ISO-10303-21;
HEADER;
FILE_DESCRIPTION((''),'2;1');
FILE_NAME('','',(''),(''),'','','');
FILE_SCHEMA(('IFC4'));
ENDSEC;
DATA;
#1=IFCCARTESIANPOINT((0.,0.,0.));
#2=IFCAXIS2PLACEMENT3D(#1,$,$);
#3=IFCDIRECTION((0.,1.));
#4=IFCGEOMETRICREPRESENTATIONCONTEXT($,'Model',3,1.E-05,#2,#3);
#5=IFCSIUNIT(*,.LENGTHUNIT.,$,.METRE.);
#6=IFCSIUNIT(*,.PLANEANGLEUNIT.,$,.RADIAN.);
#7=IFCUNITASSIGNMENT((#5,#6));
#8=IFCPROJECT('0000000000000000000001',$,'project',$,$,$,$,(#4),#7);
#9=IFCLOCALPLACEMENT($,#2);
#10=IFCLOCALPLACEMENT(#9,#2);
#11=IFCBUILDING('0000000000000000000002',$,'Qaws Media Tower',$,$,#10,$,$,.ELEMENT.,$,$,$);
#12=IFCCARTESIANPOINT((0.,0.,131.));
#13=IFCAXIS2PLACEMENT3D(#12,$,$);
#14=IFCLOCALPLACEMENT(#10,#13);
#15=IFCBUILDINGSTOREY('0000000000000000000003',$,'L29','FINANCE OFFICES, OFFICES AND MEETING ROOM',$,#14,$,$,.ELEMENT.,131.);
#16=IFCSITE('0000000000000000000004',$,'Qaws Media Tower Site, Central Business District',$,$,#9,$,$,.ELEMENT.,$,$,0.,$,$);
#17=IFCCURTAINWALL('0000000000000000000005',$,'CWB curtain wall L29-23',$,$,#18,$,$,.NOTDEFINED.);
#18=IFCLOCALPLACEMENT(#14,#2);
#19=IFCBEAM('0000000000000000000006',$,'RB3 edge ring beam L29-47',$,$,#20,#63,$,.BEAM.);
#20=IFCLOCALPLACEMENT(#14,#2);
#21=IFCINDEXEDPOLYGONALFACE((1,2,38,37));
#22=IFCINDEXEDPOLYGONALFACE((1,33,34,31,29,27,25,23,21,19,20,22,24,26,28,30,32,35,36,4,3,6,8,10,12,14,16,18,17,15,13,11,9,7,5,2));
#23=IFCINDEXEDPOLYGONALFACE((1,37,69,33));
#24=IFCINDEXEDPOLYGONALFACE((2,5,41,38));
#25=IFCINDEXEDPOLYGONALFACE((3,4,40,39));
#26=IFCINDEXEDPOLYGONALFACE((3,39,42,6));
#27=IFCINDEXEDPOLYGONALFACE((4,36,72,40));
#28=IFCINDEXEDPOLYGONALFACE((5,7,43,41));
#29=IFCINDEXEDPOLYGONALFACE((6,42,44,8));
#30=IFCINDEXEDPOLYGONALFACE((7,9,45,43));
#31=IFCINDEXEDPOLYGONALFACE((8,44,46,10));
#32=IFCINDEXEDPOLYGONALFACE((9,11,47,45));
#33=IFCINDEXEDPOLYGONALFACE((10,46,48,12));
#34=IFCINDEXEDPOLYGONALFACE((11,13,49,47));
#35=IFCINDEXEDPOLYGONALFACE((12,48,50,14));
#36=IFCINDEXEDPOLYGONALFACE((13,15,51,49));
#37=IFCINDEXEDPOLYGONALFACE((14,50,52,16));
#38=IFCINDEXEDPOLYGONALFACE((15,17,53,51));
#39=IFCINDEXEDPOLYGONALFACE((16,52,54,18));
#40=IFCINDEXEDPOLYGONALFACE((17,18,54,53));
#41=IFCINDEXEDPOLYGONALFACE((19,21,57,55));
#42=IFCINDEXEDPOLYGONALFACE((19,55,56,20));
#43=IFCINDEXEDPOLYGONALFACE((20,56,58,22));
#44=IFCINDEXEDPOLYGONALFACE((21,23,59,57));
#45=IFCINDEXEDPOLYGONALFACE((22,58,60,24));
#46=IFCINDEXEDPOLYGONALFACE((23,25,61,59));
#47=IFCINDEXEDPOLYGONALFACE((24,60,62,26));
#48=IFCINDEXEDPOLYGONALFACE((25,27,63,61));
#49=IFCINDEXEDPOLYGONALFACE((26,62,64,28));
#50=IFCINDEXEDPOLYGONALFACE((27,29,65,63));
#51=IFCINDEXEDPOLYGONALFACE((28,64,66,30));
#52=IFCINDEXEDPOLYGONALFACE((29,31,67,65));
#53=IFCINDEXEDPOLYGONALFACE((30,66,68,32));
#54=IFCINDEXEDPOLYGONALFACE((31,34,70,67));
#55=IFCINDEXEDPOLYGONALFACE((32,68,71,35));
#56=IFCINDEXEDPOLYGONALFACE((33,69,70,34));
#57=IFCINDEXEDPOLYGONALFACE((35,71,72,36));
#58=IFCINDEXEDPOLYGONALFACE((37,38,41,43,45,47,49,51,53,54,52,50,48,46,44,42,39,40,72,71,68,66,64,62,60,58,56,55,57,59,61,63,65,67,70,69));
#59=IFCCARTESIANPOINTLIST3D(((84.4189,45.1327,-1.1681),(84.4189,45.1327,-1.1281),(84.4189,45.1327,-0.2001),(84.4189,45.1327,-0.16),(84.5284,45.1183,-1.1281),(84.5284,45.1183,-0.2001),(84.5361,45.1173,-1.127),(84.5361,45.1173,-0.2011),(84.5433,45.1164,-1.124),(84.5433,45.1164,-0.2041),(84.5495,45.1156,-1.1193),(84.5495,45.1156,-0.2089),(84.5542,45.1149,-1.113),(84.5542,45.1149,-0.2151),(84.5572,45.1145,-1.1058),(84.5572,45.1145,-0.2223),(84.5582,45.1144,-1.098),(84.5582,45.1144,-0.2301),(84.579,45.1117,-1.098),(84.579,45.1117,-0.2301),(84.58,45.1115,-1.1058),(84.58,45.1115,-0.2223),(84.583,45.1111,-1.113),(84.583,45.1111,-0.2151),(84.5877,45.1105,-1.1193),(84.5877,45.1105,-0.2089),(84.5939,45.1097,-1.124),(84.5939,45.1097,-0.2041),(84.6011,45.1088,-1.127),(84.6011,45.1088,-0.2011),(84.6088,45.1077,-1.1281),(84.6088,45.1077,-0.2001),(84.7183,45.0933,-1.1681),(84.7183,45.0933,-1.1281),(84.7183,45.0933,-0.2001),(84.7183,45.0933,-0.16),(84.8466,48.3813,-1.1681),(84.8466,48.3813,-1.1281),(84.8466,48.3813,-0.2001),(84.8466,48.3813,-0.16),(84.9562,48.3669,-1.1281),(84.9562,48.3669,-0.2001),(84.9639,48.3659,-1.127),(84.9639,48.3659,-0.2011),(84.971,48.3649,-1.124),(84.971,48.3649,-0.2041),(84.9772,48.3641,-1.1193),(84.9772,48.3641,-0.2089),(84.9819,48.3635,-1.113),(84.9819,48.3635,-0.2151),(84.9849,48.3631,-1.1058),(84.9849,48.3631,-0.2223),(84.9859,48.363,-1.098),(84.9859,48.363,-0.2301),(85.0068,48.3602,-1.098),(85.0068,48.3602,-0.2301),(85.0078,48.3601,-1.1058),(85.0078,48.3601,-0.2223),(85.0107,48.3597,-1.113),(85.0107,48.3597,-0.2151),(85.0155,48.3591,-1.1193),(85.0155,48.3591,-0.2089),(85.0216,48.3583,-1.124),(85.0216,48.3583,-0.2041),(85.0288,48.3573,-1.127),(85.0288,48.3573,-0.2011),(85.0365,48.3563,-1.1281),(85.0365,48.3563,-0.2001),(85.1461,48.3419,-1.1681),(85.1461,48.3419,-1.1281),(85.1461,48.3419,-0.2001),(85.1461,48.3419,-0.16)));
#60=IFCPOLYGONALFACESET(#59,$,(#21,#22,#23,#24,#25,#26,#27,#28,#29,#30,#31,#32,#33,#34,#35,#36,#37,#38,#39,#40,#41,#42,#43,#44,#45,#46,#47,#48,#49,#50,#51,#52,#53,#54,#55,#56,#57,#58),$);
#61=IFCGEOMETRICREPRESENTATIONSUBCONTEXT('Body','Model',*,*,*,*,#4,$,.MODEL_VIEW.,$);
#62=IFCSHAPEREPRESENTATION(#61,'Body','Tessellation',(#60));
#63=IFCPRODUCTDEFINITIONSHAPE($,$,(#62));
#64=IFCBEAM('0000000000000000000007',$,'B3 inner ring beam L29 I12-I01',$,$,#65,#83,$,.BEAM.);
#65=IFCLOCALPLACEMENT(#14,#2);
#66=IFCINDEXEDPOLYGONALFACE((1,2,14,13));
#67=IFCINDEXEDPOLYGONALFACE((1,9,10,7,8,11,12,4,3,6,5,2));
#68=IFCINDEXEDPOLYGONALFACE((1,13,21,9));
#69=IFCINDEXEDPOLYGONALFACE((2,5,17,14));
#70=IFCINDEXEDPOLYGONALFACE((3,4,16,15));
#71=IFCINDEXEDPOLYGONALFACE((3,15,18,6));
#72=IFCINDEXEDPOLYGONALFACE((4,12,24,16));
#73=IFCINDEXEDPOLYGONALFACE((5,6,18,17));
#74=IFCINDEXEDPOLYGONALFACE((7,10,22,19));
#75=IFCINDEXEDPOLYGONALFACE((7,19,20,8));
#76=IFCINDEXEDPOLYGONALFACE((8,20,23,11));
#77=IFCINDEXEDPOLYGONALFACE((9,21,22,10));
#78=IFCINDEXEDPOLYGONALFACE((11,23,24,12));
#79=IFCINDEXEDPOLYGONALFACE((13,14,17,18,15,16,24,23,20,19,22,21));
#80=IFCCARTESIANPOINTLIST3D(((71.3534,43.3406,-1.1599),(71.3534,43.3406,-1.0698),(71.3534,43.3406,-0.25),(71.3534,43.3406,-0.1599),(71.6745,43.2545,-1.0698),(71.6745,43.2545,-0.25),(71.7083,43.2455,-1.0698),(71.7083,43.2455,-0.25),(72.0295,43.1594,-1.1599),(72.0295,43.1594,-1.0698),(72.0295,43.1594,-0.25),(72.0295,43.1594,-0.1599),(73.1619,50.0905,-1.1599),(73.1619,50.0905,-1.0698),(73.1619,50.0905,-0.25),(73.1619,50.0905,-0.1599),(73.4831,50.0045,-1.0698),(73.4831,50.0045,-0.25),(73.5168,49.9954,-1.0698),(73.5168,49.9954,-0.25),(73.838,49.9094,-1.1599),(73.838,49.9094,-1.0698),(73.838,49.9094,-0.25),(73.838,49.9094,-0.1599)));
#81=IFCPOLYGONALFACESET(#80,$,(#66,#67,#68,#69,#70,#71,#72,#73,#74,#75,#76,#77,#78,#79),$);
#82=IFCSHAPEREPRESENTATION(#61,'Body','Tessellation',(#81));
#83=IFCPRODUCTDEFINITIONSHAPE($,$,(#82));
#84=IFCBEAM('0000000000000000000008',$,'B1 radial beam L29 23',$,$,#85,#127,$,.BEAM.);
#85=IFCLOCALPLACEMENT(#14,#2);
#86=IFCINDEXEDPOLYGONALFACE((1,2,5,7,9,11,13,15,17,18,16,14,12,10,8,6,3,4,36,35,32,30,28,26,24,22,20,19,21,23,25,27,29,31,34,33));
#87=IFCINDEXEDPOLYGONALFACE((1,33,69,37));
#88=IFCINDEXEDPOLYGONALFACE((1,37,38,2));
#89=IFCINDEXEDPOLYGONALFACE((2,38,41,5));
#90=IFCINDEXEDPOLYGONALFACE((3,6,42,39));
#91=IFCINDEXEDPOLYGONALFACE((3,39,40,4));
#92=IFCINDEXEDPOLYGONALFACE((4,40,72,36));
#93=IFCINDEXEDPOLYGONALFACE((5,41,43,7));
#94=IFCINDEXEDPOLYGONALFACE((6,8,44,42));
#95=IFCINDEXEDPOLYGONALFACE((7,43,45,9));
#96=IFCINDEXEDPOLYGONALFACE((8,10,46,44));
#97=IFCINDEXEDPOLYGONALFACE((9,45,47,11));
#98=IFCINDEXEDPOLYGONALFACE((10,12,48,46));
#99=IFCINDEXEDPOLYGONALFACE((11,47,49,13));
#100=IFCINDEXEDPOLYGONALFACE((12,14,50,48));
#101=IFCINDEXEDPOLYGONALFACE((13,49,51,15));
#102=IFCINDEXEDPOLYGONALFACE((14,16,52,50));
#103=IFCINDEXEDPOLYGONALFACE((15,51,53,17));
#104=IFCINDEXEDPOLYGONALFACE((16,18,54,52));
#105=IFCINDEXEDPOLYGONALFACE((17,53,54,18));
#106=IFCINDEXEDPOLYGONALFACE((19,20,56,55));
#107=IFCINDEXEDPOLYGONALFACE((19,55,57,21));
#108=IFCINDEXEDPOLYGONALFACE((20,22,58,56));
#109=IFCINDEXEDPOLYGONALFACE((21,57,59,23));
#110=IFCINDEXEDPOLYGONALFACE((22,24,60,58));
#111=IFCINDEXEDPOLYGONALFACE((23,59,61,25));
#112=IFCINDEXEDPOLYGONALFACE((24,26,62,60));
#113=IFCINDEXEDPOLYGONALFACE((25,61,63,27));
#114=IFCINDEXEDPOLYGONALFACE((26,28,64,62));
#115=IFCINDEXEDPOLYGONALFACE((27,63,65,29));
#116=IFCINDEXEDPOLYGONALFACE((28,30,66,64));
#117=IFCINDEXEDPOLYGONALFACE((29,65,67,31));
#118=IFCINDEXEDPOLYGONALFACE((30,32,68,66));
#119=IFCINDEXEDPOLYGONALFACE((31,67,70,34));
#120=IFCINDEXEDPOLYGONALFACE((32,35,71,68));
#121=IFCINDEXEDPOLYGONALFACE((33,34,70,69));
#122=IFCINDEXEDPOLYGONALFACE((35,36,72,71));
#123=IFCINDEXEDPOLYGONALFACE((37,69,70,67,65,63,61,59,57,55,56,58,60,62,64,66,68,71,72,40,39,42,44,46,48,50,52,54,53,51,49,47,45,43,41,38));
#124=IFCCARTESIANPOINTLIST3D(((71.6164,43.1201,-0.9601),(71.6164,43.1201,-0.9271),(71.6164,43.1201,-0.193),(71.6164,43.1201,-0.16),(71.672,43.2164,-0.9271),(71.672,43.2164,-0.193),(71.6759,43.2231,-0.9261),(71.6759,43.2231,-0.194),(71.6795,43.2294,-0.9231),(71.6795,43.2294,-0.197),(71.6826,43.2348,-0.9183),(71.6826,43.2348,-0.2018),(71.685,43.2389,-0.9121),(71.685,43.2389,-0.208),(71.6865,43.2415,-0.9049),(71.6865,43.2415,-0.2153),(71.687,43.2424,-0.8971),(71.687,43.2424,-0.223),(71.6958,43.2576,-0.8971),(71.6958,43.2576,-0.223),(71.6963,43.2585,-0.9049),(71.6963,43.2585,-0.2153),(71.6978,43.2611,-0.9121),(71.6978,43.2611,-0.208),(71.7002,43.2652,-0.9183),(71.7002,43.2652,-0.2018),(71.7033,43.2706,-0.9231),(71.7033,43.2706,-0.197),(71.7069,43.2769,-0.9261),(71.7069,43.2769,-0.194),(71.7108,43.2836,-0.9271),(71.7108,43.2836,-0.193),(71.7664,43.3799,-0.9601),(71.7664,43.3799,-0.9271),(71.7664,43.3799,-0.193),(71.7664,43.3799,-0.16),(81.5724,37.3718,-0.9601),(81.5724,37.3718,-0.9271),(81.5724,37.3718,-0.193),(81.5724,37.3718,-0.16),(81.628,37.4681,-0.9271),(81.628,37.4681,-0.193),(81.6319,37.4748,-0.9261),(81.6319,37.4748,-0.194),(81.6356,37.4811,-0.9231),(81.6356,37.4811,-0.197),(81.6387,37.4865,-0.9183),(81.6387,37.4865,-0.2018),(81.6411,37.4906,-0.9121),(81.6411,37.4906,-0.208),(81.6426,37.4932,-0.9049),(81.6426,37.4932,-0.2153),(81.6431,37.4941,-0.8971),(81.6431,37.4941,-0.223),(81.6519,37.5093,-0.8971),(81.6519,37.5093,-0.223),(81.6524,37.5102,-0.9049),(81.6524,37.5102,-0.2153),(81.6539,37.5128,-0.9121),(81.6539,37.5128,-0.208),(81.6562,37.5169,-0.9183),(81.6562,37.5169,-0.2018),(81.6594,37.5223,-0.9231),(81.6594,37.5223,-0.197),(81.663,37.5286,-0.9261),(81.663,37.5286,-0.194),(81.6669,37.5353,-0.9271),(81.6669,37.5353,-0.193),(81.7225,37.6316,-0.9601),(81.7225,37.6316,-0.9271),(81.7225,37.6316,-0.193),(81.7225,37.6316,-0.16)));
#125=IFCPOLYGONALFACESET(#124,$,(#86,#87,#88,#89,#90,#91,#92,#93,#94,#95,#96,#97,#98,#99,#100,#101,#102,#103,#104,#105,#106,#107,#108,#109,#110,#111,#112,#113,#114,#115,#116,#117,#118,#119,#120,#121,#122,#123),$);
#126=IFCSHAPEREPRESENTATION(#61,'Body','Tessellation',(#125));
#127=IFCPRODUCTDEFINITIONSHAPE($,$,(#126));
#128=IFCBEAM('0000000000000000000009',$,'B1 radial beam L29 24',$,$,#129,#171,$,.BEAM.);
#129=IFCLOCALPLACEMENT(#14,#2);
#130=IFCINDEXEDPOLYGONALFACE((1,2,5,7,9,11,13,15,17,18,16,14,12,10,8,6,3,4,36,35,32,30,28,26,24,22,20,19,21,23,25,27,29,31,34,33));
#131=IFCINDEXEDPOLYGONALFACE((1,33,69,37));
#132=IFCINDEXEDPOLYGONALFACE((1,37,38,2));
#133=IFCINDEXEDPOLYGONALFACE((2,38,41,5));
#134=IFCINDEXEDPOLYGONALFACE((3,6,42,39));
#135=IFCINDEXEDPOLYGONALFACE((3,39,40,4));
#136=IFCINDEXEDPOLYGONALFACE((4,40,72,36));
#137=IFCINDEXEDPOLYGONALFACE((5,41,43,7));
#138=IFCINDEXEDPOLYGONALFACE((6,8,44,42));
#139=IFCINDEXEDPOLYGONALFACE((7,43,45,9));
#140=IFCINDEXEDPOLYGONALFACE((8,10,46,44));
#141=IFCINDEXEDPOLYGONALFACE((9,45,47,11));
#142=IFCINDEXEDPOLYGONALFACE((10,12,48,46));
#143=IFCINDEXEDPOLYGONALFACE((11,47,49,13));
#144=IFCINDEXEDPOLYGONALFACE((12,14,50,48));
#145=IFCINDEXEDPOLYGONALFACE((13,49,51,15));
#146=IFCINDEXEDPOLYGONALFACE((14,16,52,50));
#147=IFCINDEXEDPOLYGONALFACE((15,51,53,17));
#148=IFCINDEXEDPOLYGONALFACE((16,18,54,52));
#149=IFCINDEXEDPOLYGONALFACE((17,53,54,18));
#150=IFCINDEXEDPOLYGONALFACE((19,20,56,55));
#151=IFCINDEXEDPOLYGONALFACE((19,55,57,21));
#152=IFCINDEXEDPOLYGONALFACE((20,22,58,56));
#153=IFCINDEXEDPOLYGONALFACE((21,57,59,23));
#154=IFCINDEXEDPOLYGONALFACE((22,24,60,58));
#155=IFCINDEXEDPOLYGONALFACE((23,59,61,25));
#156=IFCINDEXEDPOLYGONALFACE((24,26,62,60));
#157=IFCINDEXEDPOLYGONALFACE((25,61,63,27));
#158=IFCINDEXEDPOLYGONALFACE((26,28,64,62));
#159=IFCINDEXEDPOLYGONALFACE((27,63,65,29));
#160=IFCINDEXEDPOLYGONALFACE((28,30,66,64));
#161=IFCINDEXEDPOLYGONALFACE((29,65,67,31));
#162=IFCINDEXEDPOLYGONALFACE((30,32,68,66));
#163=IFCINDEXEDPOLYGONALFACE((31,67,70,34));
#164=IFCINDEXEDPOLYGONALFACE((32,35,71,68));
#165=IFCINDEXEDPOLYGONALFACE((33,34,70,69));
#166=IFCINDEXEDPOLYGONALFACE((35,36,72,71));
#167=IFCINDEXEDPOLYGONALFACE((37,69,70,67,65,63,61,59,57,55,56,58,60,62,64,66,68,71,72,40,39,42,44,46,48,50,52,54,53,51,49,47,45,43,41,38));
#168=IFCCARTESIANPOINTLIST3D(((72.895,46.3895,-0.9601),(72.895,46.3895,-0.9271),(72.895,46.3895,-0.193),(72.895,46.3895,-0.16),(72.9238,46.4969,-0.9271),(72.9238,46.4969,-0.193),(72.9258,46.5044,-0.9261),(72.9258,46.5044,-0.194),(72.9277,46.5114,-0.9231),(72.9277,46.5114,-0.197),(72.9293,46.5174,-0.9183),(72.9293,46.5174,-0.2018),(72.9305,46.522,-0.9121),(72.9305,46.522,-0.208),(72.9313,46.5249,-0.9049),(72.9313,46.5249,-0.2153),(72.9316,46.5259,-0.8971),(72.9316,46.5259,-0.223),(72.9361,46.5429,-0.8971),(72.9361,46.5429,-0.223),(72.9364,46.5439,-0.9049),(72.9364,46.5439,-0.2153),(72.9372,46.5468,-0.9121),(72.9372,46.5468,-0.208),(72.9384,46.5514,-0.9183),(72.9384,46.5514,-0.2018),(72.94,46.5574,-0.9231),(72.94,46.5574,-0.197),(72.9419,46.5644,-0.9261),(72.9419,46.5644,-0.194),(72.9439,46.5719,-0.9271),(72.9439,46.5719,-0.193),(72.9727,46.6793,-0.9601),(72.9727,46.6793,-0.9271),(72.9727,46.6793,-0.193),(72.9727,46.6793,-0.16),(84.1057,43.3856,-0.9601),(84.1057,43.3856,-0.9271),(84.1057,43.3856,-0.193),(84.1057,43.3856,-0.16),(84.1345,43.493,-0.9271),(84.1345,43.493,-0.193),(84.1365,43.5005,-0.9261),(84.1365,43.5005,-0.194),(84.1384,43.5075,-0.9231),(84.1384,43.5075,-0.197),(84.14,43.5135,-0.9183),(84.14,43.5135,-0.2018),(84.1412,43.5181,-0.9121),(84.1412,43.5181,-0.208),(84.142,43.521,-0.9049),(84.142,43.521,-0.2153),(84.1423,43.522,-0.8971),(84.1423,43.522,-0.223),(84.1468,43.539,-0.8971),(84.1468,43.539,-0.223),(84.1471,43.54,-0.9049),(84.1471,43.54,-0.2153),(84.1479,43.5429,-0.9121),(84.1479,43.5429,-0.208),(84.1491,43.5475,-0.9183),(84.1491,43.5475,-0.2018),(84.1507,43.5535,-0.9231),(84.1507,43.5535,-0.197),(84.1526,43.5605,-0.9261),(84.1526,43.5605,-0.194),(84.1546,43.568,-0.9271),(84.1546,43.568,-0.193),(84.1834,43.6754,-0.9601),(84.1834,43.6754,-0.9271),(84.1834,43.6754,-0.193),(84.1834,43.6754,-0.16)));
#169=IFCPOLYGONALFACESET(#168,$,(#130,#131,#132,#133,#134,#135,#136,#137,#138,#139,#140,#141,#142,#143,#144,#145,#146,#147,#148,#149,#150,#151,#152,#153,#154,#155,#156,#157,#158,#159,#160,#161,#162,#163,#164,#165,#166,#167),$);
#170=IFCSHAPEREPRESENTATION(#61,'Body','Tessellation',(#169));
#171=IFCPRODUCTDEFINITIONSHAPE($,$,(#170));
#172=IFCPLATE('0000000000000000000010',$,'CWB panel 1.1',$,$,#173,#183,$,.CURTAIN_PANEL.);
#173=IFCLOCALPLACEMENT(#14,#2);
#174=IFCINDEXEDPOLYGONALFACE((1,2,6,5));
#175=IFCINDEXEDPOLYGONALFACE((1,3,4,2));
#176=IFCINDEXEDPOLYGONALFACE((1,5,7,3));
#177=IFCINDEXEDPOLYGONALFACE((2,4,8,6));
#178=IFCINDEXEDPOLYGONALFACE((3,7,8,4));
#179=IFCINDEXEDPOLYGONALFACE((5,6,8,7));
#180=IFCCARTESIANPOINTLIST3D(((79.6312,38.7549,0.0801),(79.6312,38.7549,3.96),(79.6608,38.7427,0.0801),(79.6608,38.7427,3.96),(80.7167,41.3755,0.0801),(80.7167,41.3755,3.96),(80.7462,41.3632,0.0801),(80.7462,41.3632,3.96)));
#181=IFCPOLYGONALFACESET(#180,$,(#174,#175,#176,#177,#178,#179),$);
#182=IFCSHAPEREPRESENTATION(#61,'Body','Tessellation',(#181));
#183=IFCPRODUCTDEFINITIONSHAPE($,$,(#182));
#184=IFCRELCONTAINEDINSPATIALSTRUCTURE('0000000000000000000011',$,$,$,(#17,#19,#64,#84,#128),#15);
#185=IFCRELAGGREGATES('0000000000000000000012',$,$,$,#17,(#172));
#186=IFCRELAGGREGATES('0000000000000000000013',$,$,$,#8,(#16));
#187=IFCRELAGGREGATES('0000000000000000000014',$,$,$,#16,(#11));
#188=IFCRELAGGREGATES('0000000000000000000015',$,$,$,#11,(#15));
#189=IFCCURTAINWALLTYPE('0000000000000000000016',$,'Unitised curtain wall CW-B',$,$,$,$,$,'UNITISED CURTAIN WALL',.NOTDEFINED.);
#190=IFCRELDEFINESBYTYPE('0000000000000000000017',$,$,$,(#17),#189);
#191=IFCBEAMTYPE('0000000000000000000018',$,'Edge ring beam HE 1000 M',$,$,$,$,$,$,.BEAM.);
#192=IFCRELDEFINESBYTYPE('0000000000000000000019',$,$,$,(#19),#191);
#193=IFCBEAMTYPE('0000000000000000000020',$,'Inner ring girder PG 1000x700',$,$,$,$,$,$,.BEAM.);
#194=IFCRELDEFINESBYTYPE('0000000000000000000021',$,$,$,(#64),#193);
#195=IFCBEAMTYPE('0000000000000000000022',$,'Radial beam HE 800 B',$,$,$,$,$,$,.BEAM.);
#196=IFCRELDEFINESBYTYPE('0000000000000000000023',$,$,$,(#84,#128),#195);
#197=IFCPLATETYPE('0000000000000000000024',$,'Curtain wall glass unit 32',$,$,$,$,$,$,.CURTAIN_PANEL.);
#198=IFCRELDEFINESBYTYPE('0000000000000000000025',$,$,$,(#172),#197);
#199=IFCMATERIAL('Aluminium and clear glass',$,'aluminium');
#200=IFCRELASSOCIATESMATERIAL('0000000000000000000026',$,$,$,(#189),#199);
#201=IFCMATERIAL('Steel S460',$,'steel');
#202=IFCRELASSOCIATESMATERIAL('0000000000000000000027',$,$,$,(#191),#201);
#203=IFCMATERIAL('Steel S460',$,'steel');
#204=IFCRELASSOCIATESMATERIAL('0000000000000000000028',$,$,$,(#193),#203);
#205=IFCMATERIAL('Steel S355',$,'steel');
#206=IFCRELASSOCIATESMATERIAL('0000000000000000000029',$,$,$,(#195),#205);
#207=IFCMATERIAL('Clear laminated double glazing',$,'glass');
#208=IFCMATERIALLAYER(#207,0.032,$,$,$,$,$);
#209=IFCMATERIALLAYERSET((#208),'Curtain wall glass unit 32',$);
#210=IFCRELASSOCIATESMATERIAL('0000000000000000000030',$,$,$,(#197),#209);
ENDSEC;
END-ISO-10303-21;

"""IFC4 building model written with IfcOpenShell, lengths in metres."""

from ifc_helpers import new_model, si_unit, direction, frame, origin, origin_2d, place, context, subcontext, project, spatial, rectangle, i_section, extrude, material, layer, layer_set, material_profile, profile_set, type_object, element, aggregate, save


model = new_model("IFC4")

# Units and contexts
model_context = context("Model", 3, precision=1e-05, world=origin(), true_north=direction((0.0, 1.0)))
body_context = subcontext(model_context, "Body", "Model", "MODEL_VIEW")
ifc_project = project(units=[si_unit("LENGTHUNIT", "METRE"), si_unit("PLANEANGLEUNIT", "RADIAN")], contexts=[model_context])

# Site, building, storey
site_placement = place(None, origin())
site = spatial("IfcSite", under=ifc_project, at=site_placement, Name="Qaws Media Tower Site, Central Business District", CompositionType="ELEMENT", RefElevation=0.0)
building_placement = place(site_placement, origin())
building = spatial("IfcBuilding", under=site, at=building_placement, Name="Qaws Media Tower", CompositionType="ELEMENT")
storey_placement = place(building_placement, frame((0.0, 0.0, 131.0)))
storey = spatial("IfcBuildingStorey", under=building, at=storey_placement, Name="L29", Description="FINANCE OFFICES, OFFICES AND MEETING ROOM", CompositionType="ELEMENT", Elevation=131.0)

# Curtain wall
ifc_material_1 = material(Name="Aluminium and clear glass", Category="aluminium")
curtain_wall_type = type_object("IfcCurtainWallType", Name="Unitised curtain wall CW-B", ElementType="UNITISED CURTAIN WALL", PredefinedType="NOTDEFINED", material=ifc_material_1)
curtain_wall_1_placement = place(storey_placement, origin())
curtain_wall_1 = element("IfcCurtainWall", 1, at=curtain_wall_1_placement, inside=storey, type_object=curtain_wall_type, Name="CWB curtain wall L29-23", PredefinedType="NOTDEFINED")

# Beams
ifc_material_2 = material(Name="Steel S460", Category="steel")
ifc_material_profile_1 = material_profile(ifc_material_2, i_section(OverallWidth=0.302, OverallDepth=1.0081, WebThickness=0.021, FlangeThickness=0.04, FilletRadius=0.03, at=origin_2d()), Name="HE 1000 M")
ifc_profile_set_1 = profile_set([ifc_material_profile_1], Name="Steel S460")
beam_type_1 = type_object("IfcBeamType", Name="Edge ring beam HE 1000 M", PredefinedType="BEAM", material=ifc_profile_set_1)
for number, where, z_axis, x_axis, name in (
    (2, (84.5686, 45.113, -0.6641), (0.130543, 0.991443, 0.0), (-0.991443, 0.130543, 0.0), "RB3 edge ring beam L29-47"),
):
    element("IfcBeam", number, at=place(storey_placement, frame(where, z_axis=z_axis, x_axis=x_axis)), inside=storey, type_object=beam_type_1, Name=name, PredefinedType="BEAM", context=body_context, shape_type="SweptSolid", body=[
        extrude(i_section(OverallWidth=0.302, OverallDepth=1.0081, WebThickness=0.021, FlangeThickness=0.04, FilletRadius=0.03, at=origin_2d()), origin(), (0.0, 0.0, 1.0), 3.2766),
    ])
ifc_material_3 = material(Name="Steel S460", Category="steel")
ifc_material_profile_2 = material_profile(ifc_material_3, i_section(OverallWidth=0.7, OverallDepth=1.0, WebThickness=0.0349, FlangeThickness=0.0901, at=origin_2d()), Name="PG 1000x700")
ifc_profile_set_2 = profile_set([ifc_material_profile_2], Name="Steel S460")
beam_type_2 = type_object("IfcBeamType", Name="Inner ring girder PG 1000x700", PredefinedType="BEAM", material=ifc_profile_set_2)
beam_1_placement = place(storey_placement, frame((71.6914, 43.25, -0.6599), z_axis=(0.258811, 0.965928, 0.0), x_axis=(-0.965928, 0.258811, 0.0)))
element("IfcBeam", 3, at=beam_1_placement, inside=storey, type_object=beam_type_2, Name="B3 inner ring beam L29 I12-I01", PredefinedType="BEAM", context=body_context, shape_type="SweptSolid", body=[
    extrude(i_section(OverallWidth=0.7, OverallDepth=1.0, WebThickness=0.0349, FlangeThickness=0.0901, at=origin_2d()), origin(), (0.0, 0.0, 1.0), 6.988),
])
ifc_material_4 = material(Name="Steel S355", Category="steel")
ifc_material_profile_3 = material_profile(ifc_material_4, i_section(OverallWidth=0.3, OverallDepth=0.8, WebThickness=0.0176, FlangeThickness=0.033, FilletRadius=0.03, at=origin_2d()), Name="HE 800 B")
ifc_profile_set_3 = profile_set([ifc_material_profile_3], Name="Steel S355")
beam_type_3 = type_object("IfcBeamType", Name="Radial beam HE 800 B", PredefinedType="BEAM", material=ifc_profile_set_3)
beam_2_placement = place(storey_placement, frame((71.6914, 43.25, -0.5601), z_axis=(0.866019, -0.50001, 0.0), x_axis=(0.50001, 0.866019, 0.0)))
element("IfcBeam", 4, at=beam_2_placement, inside=storey, type_object=beam_type_3, Name="B1 radial beam L29 23", PredefinedType="BEAM", context=body_context, shape_type="SweptSolid", body=[
    extrude(i_section(OverallWidth=0.3, OverallDepth=0.8, WebThickness=0.0176, FlangeThickness=0.033, FilletRadius=0.03, at=origin_2d()), origin(), (0.0, 0.0, 1.0), 11.4963),
])
beam_3_placement = place(storey_placement, frame((72.9338, 46.5344, -0.5601), z_axis=(0.965926, -0.25882, 0.0), x_axis=(0.25882, 0.965926, 0.0)))
element("IfcBeam", 5, at=beam_3_placement, inside=storey, type_object=beam_type_3, Name="B1 radial beam L29 24", PredefinedType="BEAM", context=body_context, shape_type="SweptSolid", body=[
    extrude(i_section(OverallWidth=0.3, OverallDepth=0.8, WebThickness=0.0176, FlangeThickness=0.033, FilletRadius=0.03, at=origin_2d()), origin(), (0.0, 0.0, 1.0), 11.6062),
])

# Plate
ifc_material_5 = material(Name="Clear laminated double glazing", Category="glass")
ifc_layer_1 = layer(ifc_material_5, 0.032)
ifc_layer_set_1 = layer_set([ifc_layer_1], Name="Curtain wall glass unit 32")
plate_type_1 = type_object("IfcPlateType", Name="Curtain wall glass unit 32", PredefinedType="CURTAIN_PANEL", material=ifc_layer_set_1)
plate_1_placement = place(storey_placement, frame((80.1887, 40.0591, 0.0801), z_axis=(0.0, 0.0, 1.0), x_axis=(0.382683, 0.92388, 0.0)))
plate_1 = element("IfcPlate", 6, at=plate_1_placement, type_object=plate_type_1, Name="CWB panel 1.1", PredefinedType="CURTAIN_PANEL", context=body_context, shape_type="SweptSolid", body=[
    extrude(rectangle(XDim=2.8364, YDim=0.032, at=origin_2d()), origin(), (0.0, 0.0, 1.0), 3.8799),
])
aggregate(curtain_wall_1, [plate_1])

save(model, "model.ifc")
